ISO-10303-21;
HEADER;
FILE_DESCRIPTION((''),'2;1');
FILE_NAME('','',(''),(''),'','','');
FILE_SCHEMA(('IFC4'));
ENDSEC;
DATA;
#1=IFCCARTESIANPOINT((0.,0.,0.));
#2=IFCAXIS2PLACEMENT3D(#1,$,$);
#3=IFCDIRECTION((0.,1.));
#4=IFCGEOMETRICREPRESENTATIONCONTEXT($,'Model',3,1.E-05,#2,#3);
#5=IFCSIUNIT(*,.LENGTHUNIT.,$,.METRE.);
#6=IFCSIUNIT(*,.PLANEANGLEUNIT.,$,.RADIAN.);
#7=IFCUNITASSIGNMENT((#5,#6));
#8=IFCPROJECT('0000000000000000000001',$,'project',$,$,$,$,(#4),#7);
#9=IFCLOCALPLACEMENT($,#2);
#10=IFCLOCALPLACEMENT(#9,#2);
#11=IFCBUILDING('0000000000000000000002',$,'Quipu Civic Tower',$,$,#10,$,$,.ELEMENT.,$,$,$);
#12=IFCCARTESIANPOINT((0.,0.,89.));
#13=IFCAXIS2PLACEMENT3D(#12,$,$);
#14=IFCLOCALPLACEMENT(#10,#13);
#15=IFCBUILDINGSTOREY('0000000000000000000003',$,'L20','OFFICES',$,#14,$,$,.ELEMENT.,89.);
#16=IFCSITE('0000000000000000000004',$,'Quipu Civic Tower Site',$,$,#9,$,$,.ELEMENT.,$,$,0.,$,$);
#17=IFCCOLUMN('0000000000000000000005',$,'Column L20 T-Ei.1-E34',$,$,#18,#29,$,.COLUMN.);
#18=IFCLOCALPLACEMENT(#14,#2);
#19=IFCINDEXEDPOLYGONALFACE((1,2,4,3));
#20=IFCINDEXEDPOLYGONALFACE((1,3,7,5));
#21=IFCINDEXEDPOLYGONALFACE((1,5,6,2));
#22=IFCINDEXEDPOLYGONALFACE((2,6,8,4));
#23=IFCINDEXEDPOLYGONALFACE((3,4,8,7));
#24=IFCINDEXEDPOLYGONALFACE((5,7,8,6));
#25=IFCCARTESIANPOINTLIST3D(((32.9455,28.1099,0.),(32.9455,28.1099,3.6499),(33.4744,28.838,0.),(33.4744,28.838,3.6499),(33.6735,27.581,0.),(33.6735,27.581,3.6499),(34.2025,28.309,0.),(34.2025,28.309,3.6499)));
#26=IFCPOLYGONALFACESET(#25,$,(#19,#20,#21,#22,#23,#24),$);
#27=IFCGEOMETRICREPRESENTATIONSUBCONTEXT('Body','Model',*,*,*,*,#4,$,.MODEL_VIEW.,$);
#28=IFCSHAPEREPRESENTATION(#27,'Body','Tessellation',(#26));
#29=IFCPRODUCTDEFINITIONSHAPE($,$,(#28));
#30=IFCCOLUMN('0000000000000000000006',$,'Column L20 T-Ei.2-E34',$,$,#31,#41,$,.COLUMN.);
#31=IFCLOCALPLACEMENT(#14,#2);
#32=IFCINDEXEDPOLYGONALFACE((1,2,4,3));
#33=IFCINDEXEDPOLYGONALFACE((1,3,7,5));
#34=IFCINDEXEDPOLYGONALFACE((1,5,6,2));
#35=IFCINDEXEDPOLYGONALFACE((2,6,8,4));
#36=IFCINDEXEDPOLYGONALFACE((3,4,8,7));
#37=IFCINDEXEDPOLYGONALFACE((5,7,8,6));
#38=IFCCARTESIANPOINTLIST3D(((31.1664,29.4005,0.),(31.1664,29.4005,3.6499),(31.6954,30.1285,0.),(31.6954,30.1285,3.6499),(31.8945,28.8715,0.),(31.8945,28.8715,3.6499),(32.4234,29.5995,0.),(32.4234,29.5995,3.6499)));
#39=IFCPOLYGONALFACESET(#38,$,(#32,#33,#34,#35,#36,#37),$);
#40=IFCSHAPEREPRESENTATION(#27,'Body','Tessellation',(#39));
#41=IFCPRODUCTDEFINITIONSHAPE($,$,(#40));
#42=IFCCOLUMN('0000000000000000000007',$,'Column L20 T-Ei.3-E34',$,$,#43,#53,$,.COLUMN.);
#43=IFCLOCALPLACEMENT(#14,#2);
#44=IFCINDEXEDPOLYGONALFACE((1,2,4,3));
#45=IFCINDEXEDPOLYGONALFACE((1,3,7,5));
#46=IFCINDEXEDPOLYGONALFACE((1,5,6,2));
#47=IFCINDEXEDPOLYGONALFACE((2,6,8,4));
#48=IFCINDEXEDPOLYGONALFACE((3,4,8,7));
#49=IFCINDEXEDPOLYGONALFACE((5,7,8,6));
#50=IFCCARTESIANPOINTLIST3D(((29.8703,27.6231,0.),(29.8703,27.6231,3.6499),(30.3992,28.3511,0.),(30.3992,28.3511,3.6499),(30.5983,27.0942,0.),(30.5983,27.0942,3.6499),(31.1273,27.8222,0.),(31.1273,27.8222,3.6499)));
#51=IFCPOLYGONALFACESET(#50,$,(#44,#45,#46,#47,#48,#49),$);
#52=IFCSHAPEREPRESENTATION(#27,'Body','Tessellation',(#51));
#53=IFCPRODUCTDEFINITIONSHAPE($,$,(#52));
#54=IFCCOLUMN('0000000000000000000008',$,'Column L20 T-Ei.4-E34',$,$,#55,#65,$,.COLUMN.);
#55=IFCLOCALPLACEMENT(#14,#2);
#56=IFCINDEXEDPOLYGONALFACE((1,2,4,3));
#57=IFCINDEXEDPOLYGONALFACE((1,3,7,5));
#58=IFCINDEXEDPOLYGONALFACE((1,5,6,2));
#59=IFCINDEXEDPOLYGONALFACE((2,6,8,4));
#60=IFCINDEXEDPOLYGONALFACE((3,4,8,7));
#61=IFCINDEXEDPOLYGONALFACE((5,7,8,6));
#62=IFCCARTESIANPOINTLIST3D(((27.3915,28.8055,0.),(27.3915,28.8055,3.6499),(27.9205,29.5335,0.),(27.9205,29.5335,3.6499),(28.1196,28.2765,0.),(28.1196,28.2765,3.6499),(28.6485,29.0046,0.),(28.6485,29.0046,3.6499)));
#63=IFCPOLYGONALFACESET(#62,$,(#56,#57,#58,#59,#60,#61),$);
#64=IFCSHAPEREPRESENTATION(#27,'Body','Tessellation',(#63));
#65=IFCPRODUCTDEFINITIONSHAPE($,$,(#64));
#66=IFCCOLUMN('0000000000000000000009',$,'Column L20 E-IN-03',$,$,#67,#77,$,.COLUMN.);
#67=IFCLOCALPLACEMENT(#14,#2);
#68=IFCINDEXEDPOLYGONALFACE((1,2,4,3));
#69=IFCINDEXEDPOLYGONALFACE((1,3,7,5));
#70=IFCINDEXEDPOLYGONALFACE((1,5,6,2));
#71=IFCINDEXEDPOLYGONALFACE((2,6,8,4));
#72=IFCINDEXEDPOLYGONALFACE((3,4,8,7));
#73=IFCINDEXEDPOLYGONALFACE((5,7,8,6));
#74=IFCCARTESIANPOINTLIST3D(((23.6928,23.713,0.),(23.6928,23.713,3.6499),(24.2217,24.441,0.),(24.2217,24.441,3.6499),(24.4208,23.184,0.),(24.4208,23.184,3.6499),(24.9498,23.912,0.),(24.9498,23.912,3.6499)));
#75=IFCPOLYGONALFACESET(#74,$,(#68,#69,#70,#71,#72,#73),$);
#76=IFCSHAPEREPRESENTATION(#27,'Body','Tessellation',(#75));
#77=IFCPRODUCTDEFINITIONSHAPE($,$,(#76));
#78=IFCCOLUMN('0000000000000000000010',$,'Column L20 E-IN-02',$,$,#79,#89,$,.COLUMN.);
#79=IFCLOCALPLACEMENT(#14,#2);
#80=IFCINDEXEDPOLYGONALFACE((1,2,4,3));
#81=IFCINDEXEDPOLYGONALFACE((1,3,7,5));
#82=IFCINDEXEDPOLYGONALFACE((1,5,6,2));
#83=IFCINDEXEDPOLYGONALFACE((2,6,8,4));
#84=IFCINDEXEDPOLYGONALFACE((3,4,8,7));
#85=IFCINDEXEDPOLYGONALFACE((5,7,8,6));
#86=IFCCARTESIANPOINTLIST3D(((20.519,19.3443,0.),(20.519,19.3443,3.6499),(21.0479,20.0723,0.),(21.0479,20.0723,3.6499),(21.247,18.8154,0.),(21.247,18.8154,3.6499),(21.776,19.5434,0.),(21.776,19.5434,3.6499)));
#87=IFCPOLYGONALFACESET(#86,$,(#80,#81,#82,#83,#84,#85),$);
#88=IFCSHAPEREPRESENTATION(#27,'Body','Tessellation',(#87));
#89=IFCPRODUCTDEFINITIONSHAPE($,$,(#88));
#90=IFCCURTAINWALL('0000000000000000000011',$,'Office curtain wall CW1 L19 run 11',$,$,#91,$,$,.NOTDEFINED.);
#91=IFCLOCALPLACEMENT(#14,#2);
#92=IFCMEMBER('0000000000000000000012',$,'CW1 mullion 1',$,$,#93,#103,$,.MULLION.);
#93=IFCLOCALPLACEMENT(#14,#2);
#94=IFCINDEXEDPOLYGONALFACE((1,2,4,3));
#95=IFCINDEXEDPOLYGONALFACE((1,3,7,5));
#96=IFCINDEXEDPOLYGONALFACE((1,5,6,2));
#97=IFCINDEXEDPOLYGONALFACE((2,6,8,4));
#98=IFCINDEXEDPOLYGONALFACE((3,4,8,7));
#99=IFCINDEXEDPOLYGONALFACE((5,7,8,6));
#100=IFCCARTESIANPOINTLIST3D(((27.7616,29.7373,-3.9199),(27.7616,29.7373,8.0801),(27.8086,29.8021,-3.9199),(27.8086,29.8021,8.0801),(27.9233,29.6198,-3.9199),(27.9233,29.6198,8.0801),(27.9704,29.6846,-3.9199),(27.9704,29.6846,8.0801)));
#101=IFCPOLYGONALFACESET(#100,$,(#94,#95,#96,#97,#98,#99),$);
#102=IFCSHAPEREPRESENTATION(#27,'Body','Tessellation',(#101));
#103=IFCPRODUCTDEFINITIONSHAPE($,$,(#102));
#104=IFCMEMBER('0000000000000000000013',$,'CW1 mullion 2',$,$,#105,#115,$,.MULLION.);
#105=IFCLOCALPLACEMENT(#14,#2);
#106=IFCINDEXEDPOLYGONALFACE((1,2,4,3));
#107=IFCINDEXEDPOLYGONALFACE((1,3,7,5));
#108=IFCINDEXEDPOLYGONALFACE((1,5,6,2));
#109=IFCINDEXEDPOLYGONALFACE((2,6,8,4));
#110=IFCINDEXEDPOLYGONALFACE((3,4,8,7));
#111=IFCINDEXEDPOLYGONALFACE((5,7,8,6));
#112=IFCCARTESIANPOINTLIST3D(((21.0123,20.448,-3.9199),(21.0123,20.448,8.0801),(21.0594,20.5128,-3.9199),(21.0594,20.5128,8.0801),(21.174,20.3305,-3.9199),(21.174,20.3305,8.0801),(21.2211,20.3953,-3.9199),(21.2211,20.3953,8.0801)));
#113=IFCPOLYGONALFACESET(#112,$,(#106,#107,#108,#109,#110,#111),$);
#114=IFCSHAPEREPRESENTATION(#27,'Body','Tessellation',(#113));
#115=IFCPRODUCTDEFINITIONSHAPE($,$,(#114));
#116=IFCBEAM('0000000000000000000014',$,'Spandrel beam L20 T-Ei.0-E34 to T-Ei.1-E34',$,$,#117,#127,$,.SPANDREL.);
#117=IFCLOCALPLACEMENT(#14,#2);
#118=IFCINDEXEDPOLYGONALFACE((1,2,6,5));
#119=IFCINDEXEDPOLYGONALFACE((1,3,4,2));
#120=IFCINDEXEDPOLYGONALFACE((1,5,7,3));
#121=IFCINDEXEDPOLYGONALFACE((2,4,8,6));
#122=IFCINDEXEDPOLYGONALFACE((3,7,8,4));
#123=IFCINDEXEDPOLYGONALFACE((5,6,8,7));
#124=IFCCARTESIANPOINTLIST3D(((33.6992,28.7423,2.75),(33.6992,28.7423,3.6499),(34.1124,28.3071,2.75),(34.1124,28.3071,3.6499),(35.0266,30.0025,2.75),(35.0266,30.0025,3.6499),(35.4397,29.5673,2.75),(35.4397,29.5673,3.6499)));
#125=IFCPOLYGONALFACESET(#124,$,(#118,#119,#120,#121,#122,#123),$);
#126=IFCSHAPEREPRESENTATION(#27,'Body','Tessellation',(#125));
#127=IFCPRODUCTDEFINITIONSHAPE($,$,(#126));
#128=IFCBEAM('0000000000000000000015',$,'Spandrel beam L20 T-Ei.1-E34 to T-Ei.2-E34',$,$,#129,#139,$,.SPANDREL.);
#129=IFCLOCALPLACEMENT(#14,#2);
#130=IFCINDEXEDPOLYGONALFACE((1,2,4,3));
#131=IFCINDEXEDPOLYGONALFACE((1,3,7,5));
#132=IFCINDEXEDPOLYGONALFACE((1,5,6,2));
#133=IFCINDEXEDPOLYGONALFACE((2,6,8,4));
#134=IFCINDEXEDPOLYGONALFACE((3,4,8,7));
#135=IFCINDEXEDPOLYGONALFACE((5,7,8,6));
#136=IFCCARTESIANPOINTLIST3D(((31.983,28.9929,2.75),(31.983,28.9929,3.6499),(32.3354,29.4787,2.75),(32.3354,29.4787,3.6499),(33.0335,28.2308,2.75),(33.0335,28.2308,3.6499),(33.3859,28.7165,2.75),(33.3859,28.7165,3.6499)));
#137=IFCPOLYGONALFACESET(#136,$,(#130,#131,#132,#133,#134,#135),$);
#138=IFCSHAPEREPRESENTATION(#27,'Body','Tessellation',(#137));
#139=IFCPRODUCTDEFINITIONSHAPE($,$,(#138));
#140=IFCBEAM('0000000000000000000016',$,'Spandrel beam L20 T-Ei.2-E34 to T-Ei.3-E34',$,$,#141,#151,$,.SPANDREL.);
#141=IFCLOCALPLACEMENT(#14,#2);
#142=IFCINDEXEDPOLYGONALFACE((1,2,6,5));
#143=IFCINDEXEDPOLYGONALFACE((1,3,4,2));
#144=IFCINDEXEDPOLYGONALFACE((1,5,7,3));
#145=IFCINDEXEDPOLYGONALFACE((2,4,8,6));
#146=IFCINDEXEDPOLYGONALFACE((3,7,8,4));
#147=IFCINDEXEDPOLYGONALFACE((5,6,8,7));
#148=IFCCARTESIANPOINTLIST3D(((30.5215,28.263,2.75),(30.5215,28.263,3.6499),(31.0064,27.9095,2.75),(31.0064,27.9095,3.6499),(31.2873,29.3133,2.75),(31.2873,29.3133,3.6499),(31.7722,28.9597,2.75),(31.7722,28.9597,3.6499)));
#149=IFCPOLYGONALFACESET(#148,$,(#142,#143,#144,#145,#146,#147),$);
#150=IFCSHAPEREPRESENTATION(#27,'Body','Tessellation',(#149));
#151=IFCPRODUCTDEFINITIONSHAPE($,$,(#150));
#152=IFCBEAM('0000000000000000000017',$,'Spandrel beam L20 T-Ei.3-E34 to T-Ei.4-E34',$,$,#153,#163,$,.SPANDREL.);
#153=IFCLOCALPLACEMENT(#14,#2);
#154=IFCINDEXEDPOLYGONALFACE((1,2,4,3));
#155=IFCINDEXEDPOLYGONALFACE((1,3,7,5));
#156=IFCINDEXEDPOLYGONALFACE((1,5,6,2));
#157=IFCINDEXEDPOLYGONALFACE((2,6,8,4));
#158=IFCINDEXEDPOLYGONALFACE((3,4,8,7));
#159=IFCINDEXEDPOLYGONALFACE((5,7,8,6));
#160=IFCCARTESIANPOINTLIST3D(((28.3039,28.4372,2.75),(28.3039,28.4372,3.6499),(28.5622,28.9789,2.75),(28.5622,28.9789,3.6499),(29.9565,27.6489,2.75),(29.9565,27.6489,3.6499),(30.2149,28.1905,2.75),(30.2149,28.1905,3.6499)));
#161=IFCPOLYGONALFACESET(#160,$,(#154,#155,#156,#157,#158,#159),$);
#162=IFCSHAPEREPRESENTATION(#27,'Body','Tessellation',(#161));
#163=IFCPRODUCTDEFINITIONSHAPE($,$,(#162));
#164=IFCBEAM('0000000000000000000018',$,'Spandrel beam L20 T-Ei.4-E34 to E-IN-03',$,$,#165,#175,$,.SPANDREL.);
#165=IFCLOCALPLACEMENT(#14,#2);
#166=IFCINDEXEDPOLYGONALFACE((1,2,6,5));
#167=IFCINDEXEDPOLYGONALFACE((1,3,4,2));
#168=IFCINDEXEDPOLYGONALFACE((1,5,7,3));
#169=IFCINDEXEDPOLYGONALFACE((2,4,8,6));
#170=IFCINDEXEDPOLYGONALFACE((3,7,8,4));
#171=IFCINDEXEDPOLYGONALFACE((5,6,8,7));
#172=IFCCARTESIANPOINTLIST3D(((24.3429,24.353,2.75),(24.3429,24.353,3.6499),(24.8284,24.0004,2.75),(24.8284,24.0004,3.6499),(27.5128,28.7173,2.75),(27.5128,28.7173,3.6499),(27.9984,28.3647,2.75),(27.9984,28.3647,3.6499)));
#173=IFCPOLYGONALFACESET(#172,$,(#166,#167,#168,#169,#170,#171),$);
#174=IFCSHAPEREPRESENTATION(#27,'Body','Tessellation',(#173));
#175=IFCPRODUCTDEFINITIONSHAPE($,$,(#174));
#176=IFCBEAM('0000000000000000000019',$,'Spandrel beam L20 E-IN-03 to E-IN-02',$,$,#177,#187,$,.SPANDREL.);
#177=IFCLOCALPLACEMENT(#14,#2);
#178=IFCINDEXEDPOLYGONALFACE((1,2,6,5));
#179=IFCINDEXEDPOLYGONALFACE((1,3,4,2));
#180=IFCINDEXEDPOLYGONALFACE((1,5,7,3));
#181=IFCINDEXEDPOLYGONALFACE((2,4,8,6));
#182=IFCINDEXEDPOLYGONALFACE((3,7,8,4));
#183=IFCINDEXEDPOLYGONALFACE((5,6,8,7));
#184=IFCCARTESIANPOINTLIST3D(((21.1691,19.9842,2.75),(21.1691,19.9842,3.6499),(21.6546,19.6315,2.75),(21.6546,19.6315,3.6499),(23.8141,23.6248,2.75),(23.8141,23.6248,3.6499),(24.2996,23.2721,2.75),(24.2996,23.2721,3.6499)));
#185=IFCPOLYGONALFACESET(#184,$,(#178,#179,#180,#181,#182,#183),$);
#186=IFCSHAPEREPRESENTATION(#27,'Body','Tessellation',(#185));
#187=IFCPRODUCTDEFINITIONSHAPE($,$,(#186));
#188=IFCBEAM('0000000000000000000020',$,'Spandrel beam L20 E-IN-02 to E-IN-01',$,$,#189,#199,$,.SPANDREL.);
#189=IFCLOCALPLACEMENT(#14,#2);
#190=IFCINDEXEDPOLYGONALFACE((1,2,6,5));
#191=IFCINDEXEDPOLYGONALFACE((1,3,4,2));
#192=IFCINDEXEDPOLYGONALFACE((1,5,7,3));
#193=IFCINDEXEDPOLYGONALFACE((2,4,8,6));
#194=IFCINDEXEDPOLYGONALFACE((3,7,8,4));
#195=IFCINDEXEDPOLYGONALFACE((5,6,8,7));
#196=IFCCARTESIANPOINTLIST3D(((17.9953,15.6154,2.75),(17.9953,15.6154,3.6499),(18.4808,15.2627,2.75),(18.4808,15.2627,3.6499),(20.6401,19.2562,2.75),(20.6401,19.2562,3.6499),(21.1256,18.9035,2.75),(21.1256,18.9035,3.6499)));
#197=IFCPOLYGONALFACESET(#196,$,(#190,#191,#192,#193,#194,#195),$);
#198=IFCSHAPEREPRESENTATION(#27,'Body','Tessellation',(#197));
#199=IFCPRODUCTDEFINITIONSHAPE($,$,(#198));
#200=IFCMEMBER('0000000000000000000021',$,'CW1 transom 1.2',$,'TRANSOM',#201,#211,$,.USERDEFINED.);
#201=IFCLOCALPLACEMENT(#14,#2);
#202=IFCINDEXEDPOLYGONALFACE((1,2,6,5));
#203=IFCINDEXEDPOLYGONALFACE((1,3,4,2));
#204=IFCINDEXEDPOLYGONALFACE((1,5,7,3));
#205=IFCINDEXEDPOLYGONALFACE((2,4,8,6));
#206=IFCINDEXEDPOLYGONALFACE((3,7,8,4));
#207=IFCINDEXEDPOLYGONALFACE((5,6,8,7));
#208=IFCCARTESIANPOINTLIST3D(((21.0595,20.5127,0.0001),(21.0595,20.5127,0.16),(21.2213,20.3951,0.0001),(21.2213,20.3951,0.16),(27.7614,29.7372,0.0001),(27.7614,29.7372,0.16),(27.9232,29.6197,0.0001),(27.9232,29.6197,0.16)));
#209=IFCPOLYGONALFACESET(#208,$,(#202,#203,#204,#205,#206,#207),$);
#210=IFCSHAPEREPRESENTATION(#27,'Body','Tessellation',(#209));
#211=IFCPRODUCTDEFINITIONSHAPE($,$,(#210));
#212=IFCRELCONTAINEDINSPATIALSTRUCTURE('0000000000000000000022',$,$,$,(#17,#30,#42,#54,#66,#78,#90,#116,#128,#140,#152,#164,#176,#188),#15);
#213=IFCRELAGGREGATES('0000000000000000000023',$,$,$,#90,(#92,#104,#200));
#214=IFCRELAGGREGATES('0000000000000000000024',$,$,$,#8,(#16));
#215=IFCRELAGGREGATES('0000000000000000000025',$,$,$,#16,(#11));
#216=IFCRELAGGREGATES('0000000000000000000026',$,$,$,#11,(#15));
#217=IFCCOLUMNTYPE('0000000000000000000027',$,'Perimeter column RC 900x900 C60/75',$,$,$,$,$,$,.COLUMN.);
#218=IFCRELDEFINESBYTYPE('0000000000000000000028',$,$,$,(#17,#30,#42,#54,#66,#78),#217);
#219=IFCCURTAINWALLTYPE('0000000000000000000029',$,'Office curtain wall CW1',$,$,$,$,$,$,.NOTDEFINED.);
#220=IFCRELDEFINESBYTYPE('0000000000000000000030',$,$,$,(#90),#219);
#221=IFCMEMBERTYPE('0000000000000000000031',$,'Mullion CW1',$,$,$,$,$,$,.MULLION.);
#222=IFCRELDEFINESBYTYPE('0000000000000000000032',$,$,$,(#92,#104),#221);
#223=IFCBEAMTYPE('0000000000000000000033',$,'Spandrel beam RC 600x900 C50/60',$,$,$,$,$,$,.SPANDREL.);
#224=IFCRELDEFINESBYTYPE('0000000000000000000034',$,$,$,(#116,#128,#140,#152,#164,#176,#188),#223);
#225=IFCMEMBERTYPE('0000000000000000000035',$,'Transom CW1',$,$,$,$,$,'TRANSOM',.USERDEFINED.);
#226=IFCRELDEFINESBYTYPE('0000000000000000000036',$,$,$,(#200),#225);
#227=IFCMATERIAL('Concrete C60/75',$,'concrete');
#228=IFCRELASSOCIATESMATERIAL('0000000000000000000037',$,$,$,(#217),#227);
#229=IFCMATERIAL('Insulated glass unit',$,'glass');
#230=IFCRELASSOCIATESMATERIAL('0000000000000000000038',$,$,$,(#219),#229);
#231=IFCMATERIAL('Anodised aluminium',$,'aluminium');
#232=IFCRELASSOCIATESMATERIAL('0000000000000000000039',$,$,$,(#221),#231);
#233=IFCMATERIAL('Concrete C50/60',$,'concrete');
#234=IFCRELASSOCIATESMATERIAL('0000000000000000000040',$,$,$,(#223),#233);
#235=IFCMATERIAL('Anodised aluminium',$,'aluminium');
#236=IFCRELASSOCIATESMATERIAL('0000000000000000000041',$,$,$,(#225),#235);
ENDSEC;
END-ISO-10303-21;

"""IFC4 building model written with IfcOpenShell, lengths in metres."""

from ifc_helpers import new_model, si_unit, direction, frame, origin, origin_2d, place, context, subcontext, project, spatial, rectangle, extrude, material, material_profile, profile_set, type_object, element, aggregate, save


model = new_model("IFC4")

# Units and contexts
model_context = context("Model", 3, precision=1e-05, world=origin(), true_north=direction((0.0, 1.0)))
body_context = subcontext(model_context, "Body", "Model", "MODEL_VIEW")
ifc_project = project(units=[si_unit("LENGTHUNIT", "METRE"), si_unit("PLANEANGLEUNIT", "RADIAN")], contexts=[model_context])

# Site, building, storey
site_placement = place(None, origin())
site = spatial("IfcSite", under=ifc_project, at=site_placement, Name="Quipu Civic Tower Site", CompositionType="ELEMENT", RefElevation=0.0)
building_placement = place(site_placement, origin())
building = spatial("IfcBuilding", under=site, at=building_placement, Name="Quipu Civic Tower", CompositionType="ELEMENT")
storey_placement = place(building_placement, frame((0.0, 0.0, 89.0)))
storey = spatial("IfcBuildingStorey", under=building, at=storey_placement, Name="L20", Description="OFFICES", CompositionType="ELEMENT", Elevation=89.0)

# Columns
ifc_material_1 = material(Name="Concrete C60/75", Category="concrete")
ifc_material_profile_1 = material_profile(ifc_material_1, rectangle(XDim=0.8999, YDim=0.8999, at=origin_2d()), Name="RC900x900")
ifc_profile_set_1 = profile_set([ifc_material_profile_1], Name="Concrete C60/75")
column_type = type_object("IfcColumnType", Name="Perimeter column RC 900x900 C60/75", PredefinedType="COLUMN", material=ifc_profile_set_1)
for number, where, z_axis, x_axis, name in (
    (1, (33.574, 28.2095, 0.0), (0.0, 0.0, 1.0), (-0.809017, 0.587785, 0.0), "Column L20 T-Ei.1-E34"),
    (2, (31.7949, 29.5, 0.0), (0.0, 0.0, 1.0), (-0.587785, -0.809017, 0.0), "Column L20 T-Ei.2-E34"),
    (3, (30.4988, 27.7227, 0.0), (0.0, 0.0, 1.0), (-0.809017, 0.587785, 0.0), "Column L20 T-Ei.3-E34"),
    (4, (28.02, 28.905, 0.0), (0.0, 0.0, 1.0), (-0.809017, 0.587785, 0.0), "Column L20 T-Ei.4-E34"),
    (5, (24.3213, 23.8125, 0.0), (0.0, 0.0, 1.0), (-0.587785, -0.809017, 0.0), "Column L20 E-IN-03"),
    (6, (21.1475, 19.4438, 0.0), (0.0, 0.0, 1.0), (-0.587785, -0.809017, 0.0), "Column L20 E-IN-02"),
):
    element("IfcColumn", number, at=place(storey_placement, frame(where, z_axis=z_axis, x_axis=x_axis)), inside=storey, type_object=column_type, Name=name, PredefinedType="COLUMN", context=body_context, shape_type="SweptSolid", body=[
        extrude(rectangle(XDim=0.8999, YDim=0.8999, at=origin_2d()), origin(), (0.0, 0.0, 1.0), 3.6499),
    ])

# Curtain wall, members
ifc_material_2 = material(Name="Insulated glass unit", Category="glass")
curtain_wall_type = type_object("IfcCurtainWallType", Name="Office curtain wall CW1", PredefinedType="NOTDEFINED", material=ifc_material_2)
curtain_wall_placement = place(storey_placement, origin())
curtain_wall = element("IfcCurtainWall", 7, at=curtain_wall_placement, inside=storey, type_object=curtain_wall_type, Name="Office curtain wall CW1 L19 run 11", PredefinedType="NOTDEFINED")
ifc_material_3 = material(Name="Anodised aluminium", Category="aluminium")
ifc_material_profile_2 = material_profile(ifc_material_3, rectangle(XDim=0.2, YDim=0.0801, at=origin_2d()), Name="RECT 200x80")
ifc_profile_set_2 = profile_set([ifc_material_profile_2], Name="Anodised aluminium")
member_type_1 = type_object("IfcMemberType", Name="Mullion CW1", PredefinedType="MULLION", material=ifc_profile_set_2)
member_1_placement = place(storey_placement, frame((27.866, 29.7109, -3.9199), z_axis=(0.0, 0.0, 1.0), x_axis=(0.809014, -0.587789, 0.0)))
member_1 = element("IfcMember", 8, at=member_1_placement, type_object=member_type_1, Name="CW1 mullion 1", PredefinedType="MULLION", context=body_context, shape_type="SweptSolid", body=[
    extrude(rectangle(XDim=0.2, YDim=0.0801, at=origin_2d()), origin(), (0.0, 0.0, 1.0), 12.0),
])
member_2_placement = place(storey_placement, frame((21.1167, 20.4216, -3.9199), z_axis=(0.0, 0.0, 1.0), x_axis=(0.809014, -0.587789, 0.0)))
member_2 = element("IfcMember", 9, at=member_2_placement, type_object=member_type_1, Name="CW1 mullion 2", PredefinedType="MULLION", context=body_context, shape_type="SweptSolid", body=[
    extrude(rectangle(XDim=0.2, YDim=0.0801, at=origin_2d()), origin(), (0.0, 0.0, 1.0), 12.0),
])

# Beams
ifc_material_4 = material(Name="Concrete C50/60", Category="concrete")
ifc_material_profile_3 = material_profile(ifc_material_4, rectangle(XDim=0.6001, YDim=0.8999, at=origin_2d()), Name="RC600x900")
ifc_profile_set_3 = profile_set([ifc_material_profile_3], Name="Concrete C50/60")
beam_type = type_object("IfcBeamType", Name="Spandrel beam RC 600x900 C50/60", PredefinedType="SPANDREL", material=ifc_profile_set_3)
beam_1_placement = place(storey_placement, frame((35.2332, 29.7849, 3.2), z_axis=(-0.725209, -0.688529, 0.0), x_axis=(0.688529, -0.725209, 0.0)))
element("IfcBeam", 10, at=beam_1_placement, inside=storey, type_object=beam_type, Name="Spandrel beam L20 T-Ei.0-E34 to T-Ei.1-E34", PredefinedType="SPANDREL", context=body_context, shape_type="SweptSolid", body=[
    extrude(rectangle(XDim=0.6001, YDim=0.8999, at=origin_2d()), origin(), (0.0, 0.0, 1.0), 1.8303),
])
beam_2_placement = place(storey_placement, frame((33.2097, 28.4736, 3.2), z_axis=(-0.809403, 0.587254, 0.0), x_axis=(-0.587254, -0.809403, 0.0)))
element("IfcBeam", 11, at=beam_2_placement, inside=storey, type_object=beam_type, Name="Spandrel beam L20 T-Ei.1-E34 to T-Ei.2-E34", PredefinedType="SPANDREL", context=body_context, shape_type="SweptSolid", body=[
    extrude(rectangle(XDim=0.6001, YDim=0.8999, at=origin_2d()), origin(), (0.0, 0.0, 1.0), 1.2979),
])
beam_3_placement = place(storey_placement, frame((31.5298, 29.1365, 3.2), z_axis=(-0.589187, -0.807996, 0.0), x_axis=(0.807996, -0.589187, 0.0)))
element("IfcBeam", 12, at=beam_3_placement, inside=storey, type_object=beam_type, Name="Spandrel beam L20 T-Ei.2-E34 to T-Ei.3-E34", PredefinedType="SPANDREL", context=body_context, shape_type="SweptSolid", body=[
    extrude(rectangle(XDim=0.6001, YDim=0.8999, at=origin_2d()), origin(), (0.0, 0.0, 1.0), 1.2998),
])
beam_4_placement = place(storey_placement, frame((30.0857, 27.9197, 3.2), z_axis=(-0.902567, 0.430549, 0.0), x_axis=(-0.430549, -0.902567, 0.0)))
element("IfcBeam", 13, at=beam_4_placement, inside=storey, type_object=beam_type, Name="Spandrel beam L20 T-Ei.3-E34 to T-Ei.4-E34", PredefinedType="SPANDREL", context=body_context, shape_type="SweptSolid", body=[
    extrude(rectangle(XDim=0.6001, YDim=0.8999, at=origin_2d()), origin(), (0.0, 0.0, 1.0), 1.8311),
])
beam_5_placement = place(storey_placement, frame((27.7556, 28.541, 3.2), z_axis=(-0.587676, -0.809096, 0.0), x_axis=(0.809096, -0.587676, 0.0)))
element("IfcBeam", 14, at=beam_5_placement, inside=storey, type_object=beam_type, Name="Spandrel beam L20 T-Ei.4-E34 to E-IN-03", PredefinedType="SPANDREL", context=body_context, shape_type="SweptSolid", body=[
    extrude(rectangle(XDim=0.6001, YDim=0.8999, at=origin_2d()), origin(), (0.0, 0.0, 1.0), 5.394),
])
for number, where, z_axis, x_axis, name in (
    (15, (24.0569, 23.4485, 3.2), (-0.587778, -0.809022, 0.0), (0.809022, -0.587778, 0.0), "Spandrel beam L20 E-IN-03 to E-IN-02"),
    (16, (20.8828, 19.0798, 3.2), (-0.587717, -0.809067, 0.0), (0.809067, -0.587717, 0.0), "Spandrel beam L20 E-IN-02 to E-IN-01"),
):
    element("IfcBeam", number, at=place(storey_placement, frame(where, z_axis=z_axis, x_axis=x_axis)), inside=storey, type_object=beam_type, Name=name, PredefinedType="SPANDREL", context=body_context, shape_type="SweptSolid", body=[
        extrude(rectangle(XDim=0.6001, YDim=0.8999, at=origin_2d()), origin(), (0.0, 0.0, 1.0), 4.5),
    ])

# Member
ifc_material_5 = material(Name="Anodised aluminium", Category="aluminium")
ifc_material_profile_4 = material_profile(ifc_material_5, rectangle(XDim=0.2, YDim=0.1599, at=origin_2d()), Name="RECT 200x160")
ifc_profile_set_4 = profile_set([ifc_material_profile_4], Name="Anodised aluminium")
member_type_2 = type_object("IfcMemberType", Name="Transom CW1", ElementType="TRANSOM", PredefinedType="USERDEFINED", material=ifc_profile_set_4)
member_3_placement = place(storey_placement, frame((27.8423, 29.6785, 0.0801), z_axis=(-0.587776, -0.809024, 0.0), x_axis=(0.809024, -0.587776, 0.0)))
member_3 = element("IfcMember", 17, at=member_3_placement, type_object=member_type_2, Name="CW1 transom 1.2", ObjectType="TRANSOM", PredefinedType="USERDEFINED", context=body_context, shape_type="SweptSolid", body=[
    extrude(rectangle(XDim=0.2, YDim=0.1599, at=origin_2d()), origin(), (0.0, 0.0, 1.0), 11.4021),
])

aggregate(curtain_wall, [member_1, member_2, member_3])

save(model, "model.ifc")
